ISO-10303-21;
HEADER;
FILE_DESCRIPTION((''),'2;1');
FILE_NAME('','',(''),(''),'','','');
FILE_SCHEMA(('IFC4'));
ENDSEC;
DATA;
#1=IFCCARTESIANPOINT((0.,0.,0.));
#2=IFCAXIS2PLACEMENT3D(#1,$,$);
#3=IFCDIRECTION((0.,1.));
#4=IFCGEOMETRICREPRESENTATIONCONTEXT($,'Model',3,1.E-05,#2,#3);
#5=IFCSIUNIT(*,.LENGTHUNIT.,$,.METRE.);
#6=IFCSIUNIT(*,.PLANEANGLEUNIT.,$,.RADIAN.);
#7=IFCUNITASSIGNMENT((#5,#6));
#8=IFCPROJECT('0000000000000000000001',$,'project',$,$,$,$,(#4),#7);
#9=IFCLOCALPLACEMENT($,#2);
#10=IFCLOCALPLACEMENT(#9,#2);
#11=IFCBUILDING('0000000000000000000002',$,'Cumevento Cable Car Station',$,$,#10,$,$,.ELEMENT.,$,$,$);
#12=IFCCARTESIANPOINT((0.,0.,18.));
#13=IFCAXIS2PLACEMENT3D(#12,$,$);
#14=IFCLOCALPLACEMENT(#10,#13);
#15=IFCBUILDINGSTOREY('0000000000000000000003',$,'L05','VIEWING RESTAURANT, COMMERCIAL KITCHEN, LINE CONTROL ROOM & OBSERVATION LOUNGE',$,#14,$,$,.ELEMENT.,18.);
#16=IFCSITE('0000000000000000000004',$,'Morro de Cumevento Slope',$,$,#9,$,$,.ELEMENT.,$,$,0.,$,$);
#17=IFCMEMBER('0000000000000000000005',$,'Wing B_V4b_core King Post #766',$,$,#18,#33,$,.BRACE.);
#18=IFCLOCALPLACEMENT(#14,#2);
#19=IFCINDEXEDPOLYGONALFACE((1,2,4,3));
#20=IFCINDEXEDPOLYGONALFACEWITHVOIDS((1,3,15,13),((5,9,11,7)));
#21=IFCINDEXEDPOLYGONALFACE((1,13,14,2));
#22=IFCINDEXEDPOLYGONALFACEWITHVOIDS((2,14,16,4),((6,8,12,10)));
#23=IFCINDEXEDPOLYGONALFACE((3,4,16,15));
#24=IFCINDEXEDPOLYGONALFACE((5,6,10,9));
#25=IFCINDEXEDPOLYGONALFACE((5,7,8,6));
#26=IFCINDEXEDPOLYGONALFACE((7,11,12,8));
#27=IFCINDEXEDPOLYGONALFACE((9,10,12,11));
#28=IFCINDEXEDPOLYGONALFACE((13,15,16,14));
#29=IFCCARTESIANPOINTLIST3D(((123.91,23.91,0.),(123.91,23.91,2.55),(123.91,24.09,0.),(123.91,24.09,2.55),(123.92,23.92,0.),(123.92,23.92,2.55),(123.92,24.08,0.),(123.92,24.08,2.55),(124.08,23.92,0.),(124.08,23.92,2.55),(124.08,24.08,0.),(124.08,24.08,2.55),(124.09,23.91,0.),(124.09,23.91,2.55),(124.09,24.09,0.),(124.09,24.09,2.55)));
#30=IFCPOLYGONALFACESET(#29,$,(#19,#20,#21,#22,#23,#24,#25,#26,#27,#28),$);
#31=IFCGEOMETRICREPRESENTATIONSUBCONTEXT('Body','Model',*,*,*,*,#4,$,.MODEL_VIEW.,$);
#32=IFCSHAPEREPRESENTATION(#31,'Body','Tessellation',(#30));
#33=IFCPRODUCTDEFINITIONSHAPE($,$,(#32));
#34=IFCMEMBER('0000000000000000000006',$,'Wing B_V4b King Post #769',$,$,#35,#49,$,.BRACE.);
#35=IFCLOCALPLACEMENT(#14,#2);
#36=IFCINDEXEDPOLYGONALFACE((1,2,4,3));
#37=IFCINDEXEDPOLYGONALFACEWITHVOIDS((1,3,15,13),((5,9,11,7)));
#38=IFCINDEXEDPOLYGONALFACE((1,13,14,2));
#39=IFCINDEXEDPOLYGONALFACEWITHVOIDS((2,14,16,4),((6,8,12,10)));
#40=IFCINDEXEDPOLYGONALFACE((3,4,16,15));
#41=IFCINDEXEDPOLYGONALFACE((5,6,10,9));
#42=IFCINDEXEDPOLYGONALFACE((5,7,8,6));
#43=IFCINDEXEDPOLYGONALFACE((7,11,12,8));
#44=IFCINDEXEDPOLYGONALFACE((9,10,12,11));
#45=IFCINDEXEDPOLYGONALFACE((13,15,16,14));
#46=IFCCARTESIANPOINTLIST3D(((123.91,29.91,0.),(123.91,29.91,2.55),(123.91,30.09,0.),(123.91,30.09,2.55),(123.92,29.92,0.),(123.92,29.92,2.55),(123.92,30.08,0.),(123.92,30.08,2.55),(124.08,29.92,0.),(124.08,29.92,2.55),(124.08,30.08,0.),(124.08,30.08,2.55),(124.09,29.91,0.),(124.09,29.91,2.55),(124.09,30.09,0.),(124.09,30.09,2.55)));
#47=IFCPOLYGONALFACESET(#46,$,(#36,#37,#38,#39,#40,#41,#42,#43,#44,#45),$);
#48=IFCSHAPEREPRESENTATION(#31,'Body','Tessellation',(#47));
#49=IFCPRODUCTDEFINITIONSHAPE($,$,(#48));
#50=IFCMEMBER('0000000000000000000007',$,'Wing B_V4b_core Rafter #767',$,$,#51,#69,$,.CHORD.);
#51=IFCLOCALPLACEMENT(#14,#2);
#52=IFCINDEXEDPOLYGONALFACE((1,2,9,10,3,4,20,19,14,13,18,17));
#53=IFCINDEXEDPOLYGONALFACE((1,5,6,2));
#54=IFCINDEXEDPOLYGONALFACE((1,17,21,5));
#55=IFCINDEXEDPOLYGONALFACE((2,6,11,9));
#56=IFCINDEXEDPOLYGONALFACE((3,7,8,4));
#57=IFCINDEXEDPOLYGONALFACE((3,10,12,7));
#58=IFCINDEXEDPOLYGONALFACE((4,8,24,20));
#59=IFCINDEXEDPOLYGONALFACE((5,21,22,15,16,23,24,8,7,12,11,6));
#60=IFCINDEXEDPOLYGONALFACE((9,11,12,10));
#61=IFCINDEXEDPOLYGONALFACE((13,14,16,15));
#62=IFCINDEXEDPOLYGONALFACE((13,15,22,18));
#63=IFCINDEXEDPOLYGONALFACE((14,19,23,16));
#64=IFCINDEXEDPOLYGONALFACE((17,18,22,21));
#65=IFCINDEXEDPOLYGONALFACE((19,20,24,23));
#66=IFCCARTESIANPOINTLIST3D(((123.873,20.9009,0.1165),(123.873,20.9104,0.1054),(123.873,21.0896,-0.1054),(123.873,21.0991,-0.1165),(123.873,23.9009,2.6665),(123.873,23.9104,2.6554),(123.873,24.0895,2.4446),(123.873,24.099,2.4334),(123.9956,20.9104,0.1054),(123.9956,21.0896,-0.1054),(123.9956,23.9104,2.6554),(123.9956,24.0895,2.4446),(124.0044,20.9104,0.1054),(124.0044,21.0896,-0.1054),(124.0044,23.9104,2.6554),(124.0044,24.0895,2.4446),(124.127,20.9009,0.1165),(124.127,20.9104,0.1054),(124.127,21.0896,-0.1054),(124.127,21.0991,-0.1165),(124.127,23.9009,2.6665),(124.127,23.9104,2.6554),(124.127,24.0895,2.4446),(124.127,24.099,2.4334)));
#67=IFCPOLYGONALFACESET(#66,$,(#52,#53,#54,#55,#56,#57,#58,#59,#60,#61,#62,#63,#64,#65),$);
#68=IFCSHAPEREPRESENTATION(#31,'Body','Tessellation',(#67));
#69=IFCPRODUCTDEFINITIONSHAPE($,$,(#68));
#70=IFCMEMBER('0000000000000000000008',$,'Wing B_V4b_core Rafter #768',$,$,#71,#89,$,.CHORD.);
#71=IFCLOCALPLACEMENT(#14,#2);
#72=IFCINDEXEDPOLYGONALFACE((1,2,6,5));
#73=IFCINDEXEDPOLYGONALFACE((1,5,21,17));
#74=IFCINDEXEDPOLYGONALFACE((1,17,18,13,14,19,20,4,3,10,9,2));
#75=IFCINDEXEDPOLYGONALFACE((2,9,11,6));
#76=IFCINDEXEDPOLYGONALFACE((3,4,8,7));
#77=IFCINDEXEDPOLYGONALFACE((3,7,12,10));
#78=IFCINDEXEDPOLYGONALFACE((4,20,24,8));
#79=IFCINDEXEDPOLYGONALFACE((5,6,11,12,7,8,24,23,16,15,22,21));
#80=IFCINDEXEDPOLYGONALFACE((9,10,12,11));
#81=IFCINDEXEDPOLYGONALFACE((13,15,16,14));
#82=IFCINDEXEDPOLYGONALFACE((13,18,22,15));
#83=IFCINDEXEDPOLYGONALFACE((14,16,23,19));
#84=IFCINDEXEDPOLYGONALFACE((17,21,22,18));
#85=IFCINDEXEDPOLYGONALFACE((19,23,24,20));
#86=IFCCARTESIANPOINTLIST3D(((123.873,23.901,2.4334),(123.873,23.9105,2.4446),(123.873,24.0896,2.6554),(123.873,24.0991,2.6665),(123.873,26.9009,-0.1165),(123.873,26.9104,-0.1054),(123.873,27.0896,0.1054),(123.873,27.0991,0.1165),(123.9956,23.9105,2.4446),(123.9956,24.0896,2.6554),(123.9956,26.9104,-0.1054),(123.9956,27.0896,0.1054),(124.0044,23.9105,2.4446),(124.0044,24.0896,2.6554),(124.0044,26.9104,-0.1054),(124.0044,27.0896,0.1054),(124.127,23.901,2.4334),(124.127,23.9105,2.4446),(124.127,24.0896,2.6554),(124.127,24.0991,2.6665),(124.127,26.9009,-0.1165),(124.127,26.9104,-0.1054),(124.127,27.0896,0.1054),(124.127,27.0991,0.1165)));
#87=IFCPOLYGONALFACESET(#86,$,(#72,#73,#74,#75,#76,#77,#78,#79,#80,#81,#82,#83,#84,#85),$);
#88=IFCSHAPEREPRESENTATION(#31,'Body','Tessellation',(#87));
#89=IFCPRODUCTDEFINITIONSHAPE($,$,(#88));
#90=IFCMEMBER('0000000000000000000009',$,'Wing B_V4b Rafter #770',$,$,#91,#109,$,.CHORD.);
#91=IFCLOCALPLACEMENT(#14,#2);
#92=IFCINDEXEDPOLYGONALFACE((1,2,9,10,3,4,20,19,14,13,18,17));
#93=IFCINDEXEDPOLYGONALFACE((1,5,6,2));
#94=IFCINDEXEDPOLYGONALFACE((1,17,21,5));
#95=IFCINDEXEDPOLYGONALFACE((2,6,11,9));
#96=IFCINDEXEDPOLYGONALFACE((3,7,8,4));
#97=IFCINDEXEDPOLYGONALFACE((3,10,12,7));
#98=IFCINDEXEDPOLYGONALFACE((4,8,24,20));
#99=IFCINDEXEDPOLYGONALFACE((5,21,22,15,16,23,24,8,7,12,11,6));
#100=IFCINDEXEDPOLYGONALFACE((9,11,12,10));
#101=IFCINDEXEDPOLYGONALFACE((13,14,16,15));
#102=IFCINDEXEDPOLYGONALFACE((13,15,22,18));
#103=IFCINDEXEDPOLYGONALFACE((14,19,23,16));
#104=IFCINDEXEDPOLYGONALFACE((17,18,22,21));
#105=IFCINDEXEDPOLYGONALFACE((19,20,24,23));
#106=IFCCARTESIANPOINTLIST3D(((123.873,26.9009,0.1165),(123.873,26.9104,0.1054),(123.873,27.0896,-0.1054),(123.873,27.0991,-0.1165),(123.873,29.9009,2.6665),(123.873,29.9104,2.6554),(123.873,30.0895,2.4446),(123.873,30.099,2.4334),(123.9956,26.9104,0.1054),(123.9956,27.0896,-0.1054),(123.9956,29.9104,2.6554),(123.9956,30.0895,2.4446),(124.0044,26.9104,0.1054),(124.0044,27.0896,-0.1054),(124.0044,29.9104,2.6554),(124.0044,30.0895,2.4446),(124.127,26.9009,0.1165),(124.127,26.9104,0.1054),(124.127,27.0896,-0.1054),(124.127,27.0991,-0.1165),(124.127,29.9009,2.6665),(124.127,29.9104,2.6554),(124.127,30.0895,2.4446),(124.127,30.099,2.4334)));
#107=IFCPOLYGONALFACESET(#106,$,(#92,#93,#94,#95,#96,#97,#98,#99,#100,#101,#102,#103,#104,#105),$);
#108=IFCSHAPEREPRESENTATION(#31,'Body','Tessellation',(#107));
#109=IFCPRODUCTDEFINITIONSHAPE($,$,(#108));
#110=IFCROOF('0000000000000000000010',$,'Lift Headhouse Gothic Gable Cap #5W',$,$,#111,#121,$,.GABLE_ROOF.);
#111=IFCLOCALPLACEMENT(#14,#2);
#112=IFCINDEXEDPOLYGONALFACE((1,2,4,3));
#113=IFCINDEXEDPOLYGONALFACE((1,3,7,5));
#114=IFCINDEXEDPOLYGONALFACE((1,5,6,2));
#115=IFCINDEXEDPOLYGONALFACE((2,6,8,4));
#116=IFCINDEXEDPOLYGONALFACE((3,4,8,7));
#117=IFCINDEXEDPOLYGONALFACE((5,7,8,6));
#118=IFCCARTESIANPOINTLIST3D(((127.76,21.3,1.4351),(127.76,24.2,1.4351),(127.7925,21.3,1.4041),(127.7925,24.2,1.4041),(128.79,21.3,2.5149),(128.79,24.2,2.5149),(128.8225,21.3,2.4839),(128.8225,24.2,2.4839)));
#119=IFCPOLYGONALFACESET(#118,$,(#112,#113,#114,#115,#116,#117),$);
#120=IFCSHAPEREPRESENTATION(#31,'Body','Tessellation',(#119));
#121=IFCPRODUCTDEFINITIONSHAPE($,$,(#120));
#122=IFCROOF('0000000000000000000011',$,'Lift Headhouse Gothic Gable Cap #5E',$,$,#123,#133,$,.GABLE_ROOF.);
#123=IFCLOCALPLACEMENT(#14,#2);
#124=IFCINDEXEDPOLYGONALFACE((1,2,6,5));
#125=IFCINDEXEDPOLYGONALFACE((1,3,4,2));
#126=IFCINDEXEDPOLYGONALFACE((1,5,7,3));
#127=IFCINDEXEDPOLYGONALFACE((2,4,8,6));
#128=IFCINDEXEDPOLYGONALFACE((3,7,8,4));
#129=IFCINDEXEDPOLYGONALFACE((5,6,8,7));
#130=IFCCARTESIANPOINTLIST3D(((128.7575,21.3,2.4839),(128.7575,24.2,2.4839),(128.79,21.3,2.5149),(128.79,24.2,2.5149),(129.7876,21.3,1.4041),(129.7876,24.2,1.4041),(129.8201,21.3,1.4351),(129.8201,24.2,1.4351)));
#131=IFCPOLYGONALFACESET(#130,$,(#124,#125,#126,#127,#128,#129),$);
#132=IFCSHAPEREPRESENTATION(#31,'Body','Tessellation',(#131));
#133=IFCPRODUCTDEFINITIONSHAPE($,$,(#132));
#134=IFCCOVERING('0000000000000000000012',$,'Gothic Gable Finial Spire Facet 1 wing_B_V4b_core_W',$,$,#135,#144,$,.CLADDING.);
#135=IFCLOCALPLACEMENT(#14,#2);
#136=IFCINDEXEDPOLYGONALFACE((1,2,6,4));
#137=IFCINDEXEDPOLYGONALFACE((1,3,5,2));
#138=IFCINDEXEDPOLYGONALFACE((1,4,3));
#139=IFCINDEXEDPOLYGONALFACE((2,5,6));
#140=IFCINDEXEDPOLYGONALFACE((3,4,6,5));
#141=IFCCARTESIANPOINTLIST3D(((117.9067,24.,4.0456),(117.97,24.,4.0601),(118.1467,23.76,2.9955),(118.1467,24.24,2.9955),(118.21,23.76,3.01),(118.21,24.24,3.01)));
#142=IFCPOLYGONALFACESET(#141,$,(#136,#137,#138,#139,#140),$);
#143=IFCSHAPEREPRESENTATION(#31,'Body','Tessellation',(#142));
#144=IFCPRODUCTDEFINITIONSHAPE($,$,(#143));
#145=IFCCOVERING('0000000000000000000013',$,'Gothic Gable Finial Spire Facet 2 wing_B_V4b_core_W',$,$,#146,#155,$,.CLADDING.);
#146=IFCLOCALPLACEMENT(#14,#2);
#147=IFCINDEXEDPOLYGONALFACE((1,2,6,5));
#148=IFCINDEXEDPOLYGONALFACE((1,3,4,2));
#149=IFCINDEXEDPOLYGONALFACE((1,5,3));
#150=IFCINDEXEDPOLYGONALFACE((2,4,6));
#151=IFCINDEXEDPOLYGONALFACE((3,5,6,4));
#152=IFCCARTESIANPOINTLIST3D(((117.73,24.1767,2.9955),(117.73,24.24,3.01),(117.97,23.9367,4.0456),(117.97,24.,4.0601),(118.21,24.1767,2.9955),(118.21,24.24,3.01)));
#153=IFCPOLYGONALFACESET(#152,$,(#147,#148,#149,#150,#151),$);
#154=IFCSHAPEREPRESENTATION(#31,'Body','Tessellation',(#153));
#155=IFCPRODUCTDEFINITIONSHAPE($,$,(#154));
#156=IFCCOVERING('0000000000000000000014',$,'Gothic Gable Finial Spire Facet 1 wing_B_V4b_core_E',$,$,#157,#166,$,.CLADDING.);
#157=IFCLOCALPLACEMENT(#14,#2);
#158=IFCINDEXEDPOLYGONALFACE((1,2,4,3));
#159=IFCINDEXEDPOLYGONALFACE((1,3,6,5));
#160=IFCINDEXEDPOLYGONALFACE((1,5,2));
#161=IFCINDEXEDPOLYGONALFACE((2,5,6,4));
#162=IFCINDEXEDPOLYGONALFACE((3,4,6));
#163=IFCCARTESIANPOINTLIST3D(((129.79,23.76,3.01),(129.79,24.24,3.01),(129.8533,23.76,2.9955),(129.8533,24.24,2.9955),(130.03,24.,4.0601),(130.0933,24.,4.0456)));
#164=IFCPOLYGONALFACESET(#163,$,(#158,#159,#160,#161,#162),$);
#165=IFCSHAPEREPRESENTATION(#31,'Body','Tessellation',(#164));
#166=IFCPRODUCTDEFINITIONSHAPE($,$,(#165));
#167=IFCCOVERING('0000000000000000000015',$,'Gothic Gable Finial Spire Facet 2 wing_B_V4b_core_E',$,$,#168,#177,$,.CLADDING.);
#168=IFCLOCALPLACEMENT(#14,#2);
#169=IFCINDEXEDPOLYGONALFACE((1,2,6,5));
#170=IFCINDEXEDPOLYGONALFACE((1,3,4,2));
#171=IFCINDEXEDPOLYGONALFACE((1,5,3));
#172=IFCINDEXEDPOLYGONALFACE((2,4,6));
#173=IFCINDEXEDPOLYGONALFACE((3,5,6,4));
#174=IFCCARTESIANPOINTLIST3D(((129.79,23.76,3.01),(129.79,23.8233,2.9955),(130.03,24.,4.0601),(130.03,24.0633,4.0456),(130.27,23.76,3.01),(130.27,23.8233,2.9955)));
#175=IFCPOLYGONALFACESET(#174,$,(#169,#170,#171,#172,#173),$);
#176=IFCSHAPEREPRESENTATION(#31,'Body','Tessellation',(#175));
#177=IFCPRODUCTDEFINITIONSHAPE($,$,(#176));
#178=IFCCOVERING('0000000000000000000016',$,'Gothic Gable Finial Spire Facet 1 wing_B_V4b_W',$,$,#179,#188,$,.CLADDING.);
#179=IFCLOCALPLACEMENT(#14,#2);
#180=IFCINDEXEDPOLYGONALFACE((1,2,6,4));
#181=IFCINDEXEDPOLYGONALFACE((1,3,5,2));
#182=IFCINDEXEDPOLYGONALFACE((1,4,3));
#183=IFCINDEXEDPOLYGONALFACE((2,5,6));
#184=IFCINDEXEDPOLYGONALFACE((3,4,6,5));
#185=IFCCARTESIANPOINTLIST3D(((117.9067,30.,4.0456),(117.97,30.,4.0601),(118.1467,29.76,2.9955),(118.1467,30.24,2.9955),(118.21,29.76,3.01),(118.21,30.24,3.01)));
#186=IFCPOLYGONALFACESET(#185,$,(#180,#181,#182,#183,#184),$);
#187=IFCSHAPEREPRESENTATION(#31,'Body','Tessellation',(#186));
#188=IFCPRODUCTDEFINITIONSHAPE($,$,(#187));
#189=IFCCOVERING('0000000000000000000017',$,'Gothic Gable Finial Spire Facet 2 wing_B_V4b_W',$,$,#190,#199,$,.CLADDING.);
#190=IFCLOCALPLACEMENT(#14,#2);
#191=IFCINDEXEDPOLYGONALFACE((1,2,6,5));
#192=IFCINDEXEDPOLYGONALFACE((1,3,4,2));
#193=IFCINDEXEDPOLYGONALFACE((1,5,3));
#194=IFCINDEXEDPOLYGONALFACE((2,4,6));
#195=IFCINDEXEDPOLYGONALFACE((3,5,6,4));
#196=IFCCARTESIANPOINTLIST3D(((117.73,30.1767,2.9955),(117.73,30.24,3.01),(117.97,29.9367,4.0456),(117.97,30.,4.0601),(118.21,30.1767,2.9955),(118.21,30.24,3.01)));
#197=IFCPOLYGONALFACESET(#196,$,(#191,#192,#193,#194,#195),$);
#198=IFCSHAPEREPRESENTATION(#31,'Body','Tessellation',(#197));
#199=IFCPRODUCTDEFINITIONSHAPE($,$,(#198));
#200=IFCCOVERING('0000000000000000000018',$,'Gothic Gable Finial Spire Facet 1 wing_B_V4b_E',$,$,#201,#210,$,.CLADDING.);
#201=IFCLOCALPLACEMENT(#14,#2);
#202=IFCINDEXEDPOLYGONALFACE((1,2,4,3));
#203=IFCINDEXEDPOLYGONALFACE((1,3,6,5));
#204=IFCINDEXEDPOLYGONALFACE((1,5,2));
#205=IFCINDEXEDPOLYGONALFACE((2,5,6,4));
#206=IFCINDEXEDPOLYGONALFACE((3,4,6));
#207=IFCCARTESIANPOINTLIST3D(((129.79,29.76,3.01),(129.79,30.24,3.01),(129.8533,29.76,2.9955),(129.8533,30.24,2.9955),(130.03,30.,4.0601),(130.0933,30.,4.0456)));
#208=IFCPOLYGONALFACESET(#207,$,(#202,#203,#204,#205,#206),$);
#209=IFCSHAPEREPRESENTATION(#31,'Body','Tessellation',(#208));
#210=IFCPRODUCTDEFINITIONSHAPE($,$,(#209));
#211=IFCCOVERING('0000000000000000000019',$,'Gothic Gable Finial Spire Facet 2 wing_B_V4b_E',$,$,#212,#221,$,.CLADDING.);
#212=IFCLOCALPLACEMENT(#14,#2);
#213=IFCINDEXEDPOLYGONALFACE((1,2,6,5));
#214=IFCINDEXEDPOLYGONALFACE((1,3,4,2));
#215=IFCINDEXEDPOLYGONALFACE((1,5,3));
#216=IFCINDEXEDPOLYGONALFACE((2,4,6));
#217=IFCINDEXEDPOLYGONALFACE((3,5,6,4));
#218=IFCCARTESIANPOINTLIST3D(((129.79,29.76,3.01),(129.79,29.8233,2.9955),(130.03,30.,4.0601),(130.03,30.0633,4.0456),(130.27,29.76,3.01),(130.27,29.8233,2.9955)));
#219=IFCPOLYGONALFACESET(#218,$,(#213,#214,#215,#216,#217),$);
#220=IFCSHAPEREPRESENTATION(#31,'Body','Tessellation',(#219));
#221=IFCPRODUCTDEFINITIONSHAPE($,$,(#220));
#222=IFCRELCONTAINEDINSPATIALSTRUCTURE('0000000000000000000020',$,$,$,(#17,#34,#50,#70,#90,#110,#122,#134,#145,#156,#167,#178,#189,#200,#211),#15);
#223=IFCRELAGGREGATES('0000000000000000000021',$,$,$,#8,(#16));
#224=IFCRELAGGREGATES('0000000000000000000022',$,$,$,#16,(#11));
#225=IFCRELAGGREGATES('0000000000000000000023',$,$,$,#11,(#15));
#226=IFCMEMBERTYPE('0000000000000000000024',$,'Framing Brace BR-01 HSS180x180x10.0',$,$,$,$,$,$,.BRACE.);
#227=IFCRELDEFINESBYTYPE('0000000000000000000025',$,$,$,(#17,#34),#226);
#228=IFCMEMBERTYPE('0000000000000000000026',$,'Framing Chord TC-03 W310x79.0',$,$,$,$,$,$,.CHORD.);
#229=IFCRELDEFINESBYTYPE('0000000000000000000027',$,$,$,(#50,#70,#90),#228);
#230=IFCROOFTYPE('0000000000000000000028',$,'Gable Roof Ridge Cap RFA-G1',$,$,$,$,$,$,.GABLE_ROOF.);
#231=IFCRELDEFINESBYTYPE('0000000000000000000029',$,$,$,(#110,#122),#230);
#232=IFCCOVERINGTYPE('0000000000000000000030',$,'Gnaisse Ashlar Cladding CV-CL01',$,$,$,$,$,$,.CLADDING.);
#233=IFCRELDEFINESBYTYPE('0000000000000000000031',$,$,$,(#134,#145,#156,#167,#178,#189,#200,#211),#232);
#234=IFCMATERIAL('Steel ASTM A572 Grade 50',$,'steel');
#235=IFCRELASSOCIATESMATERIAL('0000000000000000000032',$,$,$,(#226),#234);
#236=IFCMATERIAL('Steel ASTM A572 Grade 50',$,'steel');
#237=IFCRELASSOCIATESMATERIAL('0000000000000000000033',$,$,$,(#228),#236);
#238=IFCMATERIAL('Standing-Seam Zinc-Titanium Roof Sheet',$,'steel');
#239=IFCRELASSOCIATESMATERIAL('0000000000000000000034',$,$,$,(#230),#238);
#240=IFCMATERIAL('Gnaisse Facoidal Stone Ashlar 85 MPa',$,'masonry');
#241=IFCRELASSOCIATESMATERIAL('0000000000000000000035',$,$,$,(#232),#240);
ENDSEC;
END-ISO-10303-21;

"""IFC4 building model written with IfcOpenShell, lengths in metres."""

from ifc_helpers import new_model, si_unit, direction, frame, origin, origin_2d, place, context, subcontext, project, spatial, polyline, hollow_rectangle, i_section, outline, extrude, material, material_profile, profile_set, type_object, element, save


model = new_model("IFC4")

# Units and contexts
model_context = context("Model", 3, precision=1e-05, world=origin(), true_north=direction((0.0, 1.0)))
body_context = subcontext(model_context, "Body", "Model", "MODEL_VIEW")
ifc_project = project(units=[si_unit("LENGTHUNIT", "METRE"), si_unit("PLANEANGLEUNIT", "RADIAN")], contexts=[model_context])

# Site, building, storey
site_placement = place(None, origin())
site = spatial("IfcSite", under=ifc_project, at=site_placement, Name="Morro de Cumevento Slope", CompositionType="ELEMENT", RefElevation=0.0)
building_placement = place(site_placement, origin())
building = spatial("IfcBuilding", under=site, at=building_placement, Name="Cumevento Cable Car Station", CompositionType="ELEMENT")
storey_placement = place(building_placement, frame((0.0, 0.0, 18.0)))
storey = spatial("IfcBuildingStorey", under=building, at=storey_placement, Name="L05", Description="VIEWING RESTAURANT, COMMERCIAL KITCHEN, LINE CONTROL ROOM & OBSERVATION LOUNGE", CompositionType="ELEMENT", Elevation=18.0)

# Members
ifc_material_1 = material(Name="Steel ASTM A572 Grade 50", Category="steel")
ifc_material_profile_1 = material_profile(ifc_material_1, hollow_rectangle(XDim=0.1799, YDim=0.1799, WallThickness=0.01, at=origin_2d()), Name="HSS180x180x10.0")
ifc_profile_set_1 = profile_set([ifc_material_profile_1], Name="Steel ASTM A572 Grade 50")
member_type_1 = type_object("IfcMemberType", Name="Framing Brace BR-01 HSS180x180x10.0", PredefinedType="BRACE", material=ifc_profile_set_1)
for number, where, z_axis, x_axis, name in (
    (1, (124.0, 24.0, 0.0), (0.0, 0.0, 1.0), (1.0, 0.0, 0.0), "Wing B_V4b_core King Post #766"),
    (2, (124.0, 30.0, 0.0), (0.0, 0.0, 1.0), (1.0, 0.0, 0.0), "Wing B_V4b King Post #769"),
):
    element("IfcMember", number, at=place(storey_placement, frame(where, z_axis=z_axis, x_axis=x_axis)), inside=storey, type_object=member_type_1, Name=name, PredefinedType="BRACE", context=body_context, shape_type="SweptSolid", body=[
        extrude(hollow_rectangle(XDim=0.1799, YDim=0.1799, WallThickness=0.01, at=origin_2d()), origin(), (0.0, 0.0, 1.0), 2.55),
    ])
ifc_material_2 = material(Name="Steel ASTM A572 Grade 50", Category="steel")
ifc_material_profile_2 = material_profile(ifc_material_2, i_section(OverallWidth=0.2539, OverallDepth=0.3059, WebThickness=0.0088, FlangeThickness=0.0146, at=origin_2d()), Name="W310x79.0")
ifc_profile_set_2 = profile_set([ifc_material_profile_2], Name="Steel ASTM A572 Grade 50")
member_type_2 = type_object("IfcMemberType", Name="Framing Chord TC-03 W310x79.0", PredefinedType="CHORD", material=ifc_profile_set_2)
for number, where, z_axis, x_axis, name in (
    (3, (124.0, 21.0, 0.0), (0.0, 0.761933, 0.647656), (-1.0, 0.0, 0.0), "Wing B_V4b_core Rafter #767"),
    (4, (124.0, 27.0, 0.0), (0.0, -0.761933, 0.647656), (1.0, 0.0, 0.0), "Wing B_V4b_core Rafter #768"),
    (5, (124.0, 27.0, 0.0), (0.0, 0.761933, 0.647656), (-1.0, 0.0, 0.0), "Wing B_V4b Rafter #770"),
):
    element("IfcMember", number, at=place(storey_placement, frame(where, z_axis=z_axis, x_axis=x_axis)), inside=storey, type_object=member_type_2, Name=name, PredefinedType="CHORD", context=body_context, shape_type="SweptSolid", body=[
        extrude(i_section(OverallWidth=0.2539, OverallDepth=0.3059, WebThickness=0.0088, FlangeThickness=0.0146, at=origin_2d()), origin(), (0.0, 0.0, 1.0), 3.9373),
    ])

# Roofs
ifc_material_3 = material(Name="Standing-Seam Zinc-Titanium Roof Sheet", Category="steel")
roof_type = type_object("IfcRoofType", Name="Gable Roof Ridge Cap RFA-G1", PredefinedType="GABLE_ROOF", material=ifc_material_3)
for number, where, z_axis, x_axis, name in (
    (6, (127.76, 24.2, 1.4351), (-0.723597, 0.0, 0.690223), (0.0, -1.0, 0.0), "Lift Headhouse Gothic Gable Cap #5W"),
    (7, (128.79, 24.2, 2.5149), (0.723597, 0.0, 0.690223), (0.0, -1.0, 0.0), "Lift Headhouse Gothic Gable Cap #5E"),
):
    element("IfcRoof", number, at=place(storey_placement, frame(where, z_axis=z_axis, x_axis=x_axis)), inside=storey, type_object=roof_type, Name=name, PredefinedType="GABLE_ROOF", context=body_context, shape_type="SweptSolid", body=[
        extrude(outline(polyline([(0.0, 0.0), (2.8999, 0.0), (2.8999, 1.4923), (0.0, 1.4923), (0.0, 0.0)])), origin(), (0.0, 0.0, -1.0), 0.0449),
    ])

# Coverings
ifc_material_4 = material(Name="Gnaisse Facoidal Stone Ashlar 85 MPa", Category="masonry")
covering_type = type_object("IfcCoveringType", Name="Gnaisse Ashlar Cladding CV-CL01", PredefinedType="CLADDING", material=ifc_material_4)
for number, where, z_axis, x_axis, name in (
    (8, (118.21, 23.76, 3.01), (0.974863, 0.0, 0.222806), (0.0, 1.0, 0.0), "Gothic Gable Finial Spire Facet 1 wing_B_V4b_core_W"),
    (9, (118.21, 24.24, 3.01), (0.0, 0.974863, 0.222806), (-1.0, 0.0, 0.0), "Gothic Gable Finial Spire Facet 2 wing_B_V4b_core_W"),
    (10, (129.79, 24.24, 3.01), (-0.974863, 0.0, 0.222806), (0.0, -1.0, 0.0), "Gothic Gable Finial Spire Facet 1 wing_B_V4b_core_E"),
    (11, (129.79, 23.76, 3.01), (0.0, -0.974863, 0.222806), (1.0, 0.0, 0.0), "Gothic Gable Finial Spire Facet 2 wing_B_V4b_core_E"),
    (12, (118.21, 29.76, 3.01), (0.974863, 0.0, 0.222806), (0.0, 1.0, 0.0), "Gothic Gable Finial Spire Facet 1 wing_B_V4b_W"),
    (13, (118.21, 30.24, 3.01), (0.0, 0.974863, 0.222806), (-1.0, 0.0, 0.0), "Gothic Gable Finial Spire Facet 2 wing_B_V4b_W"),
    (14, (129.79, 30.24, 3.01), (-0.974863, 0.0, 0.222806), (0.0, -1.0, 0.0), "Gothic Gable Finial Spire Facet 1 wing_B_V4b_E"),
    (15, (129.79, 29.76, 3.01), (0.0, -0.974863, 0.222806), (1.0, 0.0, 0.0), "Gothic Gable Finial Spire Facet 2 wing_B_V4b_E"),
):
    element("IfcCovering", number, at=place(storey_placement, frame(where, z_axis=z_axis, x_axis=x_axis)), inside=storey, type_object=covering_type, Name=name, PredefinedType="CLADDING", context=body_context, shape_type="SweptSolid", body=[
        extrude(outline(polyline([(0.0, 0.0), (0.48, 0.0), (0.24, 1.0771), (0.0, 0.0)])), origin(), (0.0, 0.0, -1.0), 0.0649),
    ])

save(model, "model.ifc")
